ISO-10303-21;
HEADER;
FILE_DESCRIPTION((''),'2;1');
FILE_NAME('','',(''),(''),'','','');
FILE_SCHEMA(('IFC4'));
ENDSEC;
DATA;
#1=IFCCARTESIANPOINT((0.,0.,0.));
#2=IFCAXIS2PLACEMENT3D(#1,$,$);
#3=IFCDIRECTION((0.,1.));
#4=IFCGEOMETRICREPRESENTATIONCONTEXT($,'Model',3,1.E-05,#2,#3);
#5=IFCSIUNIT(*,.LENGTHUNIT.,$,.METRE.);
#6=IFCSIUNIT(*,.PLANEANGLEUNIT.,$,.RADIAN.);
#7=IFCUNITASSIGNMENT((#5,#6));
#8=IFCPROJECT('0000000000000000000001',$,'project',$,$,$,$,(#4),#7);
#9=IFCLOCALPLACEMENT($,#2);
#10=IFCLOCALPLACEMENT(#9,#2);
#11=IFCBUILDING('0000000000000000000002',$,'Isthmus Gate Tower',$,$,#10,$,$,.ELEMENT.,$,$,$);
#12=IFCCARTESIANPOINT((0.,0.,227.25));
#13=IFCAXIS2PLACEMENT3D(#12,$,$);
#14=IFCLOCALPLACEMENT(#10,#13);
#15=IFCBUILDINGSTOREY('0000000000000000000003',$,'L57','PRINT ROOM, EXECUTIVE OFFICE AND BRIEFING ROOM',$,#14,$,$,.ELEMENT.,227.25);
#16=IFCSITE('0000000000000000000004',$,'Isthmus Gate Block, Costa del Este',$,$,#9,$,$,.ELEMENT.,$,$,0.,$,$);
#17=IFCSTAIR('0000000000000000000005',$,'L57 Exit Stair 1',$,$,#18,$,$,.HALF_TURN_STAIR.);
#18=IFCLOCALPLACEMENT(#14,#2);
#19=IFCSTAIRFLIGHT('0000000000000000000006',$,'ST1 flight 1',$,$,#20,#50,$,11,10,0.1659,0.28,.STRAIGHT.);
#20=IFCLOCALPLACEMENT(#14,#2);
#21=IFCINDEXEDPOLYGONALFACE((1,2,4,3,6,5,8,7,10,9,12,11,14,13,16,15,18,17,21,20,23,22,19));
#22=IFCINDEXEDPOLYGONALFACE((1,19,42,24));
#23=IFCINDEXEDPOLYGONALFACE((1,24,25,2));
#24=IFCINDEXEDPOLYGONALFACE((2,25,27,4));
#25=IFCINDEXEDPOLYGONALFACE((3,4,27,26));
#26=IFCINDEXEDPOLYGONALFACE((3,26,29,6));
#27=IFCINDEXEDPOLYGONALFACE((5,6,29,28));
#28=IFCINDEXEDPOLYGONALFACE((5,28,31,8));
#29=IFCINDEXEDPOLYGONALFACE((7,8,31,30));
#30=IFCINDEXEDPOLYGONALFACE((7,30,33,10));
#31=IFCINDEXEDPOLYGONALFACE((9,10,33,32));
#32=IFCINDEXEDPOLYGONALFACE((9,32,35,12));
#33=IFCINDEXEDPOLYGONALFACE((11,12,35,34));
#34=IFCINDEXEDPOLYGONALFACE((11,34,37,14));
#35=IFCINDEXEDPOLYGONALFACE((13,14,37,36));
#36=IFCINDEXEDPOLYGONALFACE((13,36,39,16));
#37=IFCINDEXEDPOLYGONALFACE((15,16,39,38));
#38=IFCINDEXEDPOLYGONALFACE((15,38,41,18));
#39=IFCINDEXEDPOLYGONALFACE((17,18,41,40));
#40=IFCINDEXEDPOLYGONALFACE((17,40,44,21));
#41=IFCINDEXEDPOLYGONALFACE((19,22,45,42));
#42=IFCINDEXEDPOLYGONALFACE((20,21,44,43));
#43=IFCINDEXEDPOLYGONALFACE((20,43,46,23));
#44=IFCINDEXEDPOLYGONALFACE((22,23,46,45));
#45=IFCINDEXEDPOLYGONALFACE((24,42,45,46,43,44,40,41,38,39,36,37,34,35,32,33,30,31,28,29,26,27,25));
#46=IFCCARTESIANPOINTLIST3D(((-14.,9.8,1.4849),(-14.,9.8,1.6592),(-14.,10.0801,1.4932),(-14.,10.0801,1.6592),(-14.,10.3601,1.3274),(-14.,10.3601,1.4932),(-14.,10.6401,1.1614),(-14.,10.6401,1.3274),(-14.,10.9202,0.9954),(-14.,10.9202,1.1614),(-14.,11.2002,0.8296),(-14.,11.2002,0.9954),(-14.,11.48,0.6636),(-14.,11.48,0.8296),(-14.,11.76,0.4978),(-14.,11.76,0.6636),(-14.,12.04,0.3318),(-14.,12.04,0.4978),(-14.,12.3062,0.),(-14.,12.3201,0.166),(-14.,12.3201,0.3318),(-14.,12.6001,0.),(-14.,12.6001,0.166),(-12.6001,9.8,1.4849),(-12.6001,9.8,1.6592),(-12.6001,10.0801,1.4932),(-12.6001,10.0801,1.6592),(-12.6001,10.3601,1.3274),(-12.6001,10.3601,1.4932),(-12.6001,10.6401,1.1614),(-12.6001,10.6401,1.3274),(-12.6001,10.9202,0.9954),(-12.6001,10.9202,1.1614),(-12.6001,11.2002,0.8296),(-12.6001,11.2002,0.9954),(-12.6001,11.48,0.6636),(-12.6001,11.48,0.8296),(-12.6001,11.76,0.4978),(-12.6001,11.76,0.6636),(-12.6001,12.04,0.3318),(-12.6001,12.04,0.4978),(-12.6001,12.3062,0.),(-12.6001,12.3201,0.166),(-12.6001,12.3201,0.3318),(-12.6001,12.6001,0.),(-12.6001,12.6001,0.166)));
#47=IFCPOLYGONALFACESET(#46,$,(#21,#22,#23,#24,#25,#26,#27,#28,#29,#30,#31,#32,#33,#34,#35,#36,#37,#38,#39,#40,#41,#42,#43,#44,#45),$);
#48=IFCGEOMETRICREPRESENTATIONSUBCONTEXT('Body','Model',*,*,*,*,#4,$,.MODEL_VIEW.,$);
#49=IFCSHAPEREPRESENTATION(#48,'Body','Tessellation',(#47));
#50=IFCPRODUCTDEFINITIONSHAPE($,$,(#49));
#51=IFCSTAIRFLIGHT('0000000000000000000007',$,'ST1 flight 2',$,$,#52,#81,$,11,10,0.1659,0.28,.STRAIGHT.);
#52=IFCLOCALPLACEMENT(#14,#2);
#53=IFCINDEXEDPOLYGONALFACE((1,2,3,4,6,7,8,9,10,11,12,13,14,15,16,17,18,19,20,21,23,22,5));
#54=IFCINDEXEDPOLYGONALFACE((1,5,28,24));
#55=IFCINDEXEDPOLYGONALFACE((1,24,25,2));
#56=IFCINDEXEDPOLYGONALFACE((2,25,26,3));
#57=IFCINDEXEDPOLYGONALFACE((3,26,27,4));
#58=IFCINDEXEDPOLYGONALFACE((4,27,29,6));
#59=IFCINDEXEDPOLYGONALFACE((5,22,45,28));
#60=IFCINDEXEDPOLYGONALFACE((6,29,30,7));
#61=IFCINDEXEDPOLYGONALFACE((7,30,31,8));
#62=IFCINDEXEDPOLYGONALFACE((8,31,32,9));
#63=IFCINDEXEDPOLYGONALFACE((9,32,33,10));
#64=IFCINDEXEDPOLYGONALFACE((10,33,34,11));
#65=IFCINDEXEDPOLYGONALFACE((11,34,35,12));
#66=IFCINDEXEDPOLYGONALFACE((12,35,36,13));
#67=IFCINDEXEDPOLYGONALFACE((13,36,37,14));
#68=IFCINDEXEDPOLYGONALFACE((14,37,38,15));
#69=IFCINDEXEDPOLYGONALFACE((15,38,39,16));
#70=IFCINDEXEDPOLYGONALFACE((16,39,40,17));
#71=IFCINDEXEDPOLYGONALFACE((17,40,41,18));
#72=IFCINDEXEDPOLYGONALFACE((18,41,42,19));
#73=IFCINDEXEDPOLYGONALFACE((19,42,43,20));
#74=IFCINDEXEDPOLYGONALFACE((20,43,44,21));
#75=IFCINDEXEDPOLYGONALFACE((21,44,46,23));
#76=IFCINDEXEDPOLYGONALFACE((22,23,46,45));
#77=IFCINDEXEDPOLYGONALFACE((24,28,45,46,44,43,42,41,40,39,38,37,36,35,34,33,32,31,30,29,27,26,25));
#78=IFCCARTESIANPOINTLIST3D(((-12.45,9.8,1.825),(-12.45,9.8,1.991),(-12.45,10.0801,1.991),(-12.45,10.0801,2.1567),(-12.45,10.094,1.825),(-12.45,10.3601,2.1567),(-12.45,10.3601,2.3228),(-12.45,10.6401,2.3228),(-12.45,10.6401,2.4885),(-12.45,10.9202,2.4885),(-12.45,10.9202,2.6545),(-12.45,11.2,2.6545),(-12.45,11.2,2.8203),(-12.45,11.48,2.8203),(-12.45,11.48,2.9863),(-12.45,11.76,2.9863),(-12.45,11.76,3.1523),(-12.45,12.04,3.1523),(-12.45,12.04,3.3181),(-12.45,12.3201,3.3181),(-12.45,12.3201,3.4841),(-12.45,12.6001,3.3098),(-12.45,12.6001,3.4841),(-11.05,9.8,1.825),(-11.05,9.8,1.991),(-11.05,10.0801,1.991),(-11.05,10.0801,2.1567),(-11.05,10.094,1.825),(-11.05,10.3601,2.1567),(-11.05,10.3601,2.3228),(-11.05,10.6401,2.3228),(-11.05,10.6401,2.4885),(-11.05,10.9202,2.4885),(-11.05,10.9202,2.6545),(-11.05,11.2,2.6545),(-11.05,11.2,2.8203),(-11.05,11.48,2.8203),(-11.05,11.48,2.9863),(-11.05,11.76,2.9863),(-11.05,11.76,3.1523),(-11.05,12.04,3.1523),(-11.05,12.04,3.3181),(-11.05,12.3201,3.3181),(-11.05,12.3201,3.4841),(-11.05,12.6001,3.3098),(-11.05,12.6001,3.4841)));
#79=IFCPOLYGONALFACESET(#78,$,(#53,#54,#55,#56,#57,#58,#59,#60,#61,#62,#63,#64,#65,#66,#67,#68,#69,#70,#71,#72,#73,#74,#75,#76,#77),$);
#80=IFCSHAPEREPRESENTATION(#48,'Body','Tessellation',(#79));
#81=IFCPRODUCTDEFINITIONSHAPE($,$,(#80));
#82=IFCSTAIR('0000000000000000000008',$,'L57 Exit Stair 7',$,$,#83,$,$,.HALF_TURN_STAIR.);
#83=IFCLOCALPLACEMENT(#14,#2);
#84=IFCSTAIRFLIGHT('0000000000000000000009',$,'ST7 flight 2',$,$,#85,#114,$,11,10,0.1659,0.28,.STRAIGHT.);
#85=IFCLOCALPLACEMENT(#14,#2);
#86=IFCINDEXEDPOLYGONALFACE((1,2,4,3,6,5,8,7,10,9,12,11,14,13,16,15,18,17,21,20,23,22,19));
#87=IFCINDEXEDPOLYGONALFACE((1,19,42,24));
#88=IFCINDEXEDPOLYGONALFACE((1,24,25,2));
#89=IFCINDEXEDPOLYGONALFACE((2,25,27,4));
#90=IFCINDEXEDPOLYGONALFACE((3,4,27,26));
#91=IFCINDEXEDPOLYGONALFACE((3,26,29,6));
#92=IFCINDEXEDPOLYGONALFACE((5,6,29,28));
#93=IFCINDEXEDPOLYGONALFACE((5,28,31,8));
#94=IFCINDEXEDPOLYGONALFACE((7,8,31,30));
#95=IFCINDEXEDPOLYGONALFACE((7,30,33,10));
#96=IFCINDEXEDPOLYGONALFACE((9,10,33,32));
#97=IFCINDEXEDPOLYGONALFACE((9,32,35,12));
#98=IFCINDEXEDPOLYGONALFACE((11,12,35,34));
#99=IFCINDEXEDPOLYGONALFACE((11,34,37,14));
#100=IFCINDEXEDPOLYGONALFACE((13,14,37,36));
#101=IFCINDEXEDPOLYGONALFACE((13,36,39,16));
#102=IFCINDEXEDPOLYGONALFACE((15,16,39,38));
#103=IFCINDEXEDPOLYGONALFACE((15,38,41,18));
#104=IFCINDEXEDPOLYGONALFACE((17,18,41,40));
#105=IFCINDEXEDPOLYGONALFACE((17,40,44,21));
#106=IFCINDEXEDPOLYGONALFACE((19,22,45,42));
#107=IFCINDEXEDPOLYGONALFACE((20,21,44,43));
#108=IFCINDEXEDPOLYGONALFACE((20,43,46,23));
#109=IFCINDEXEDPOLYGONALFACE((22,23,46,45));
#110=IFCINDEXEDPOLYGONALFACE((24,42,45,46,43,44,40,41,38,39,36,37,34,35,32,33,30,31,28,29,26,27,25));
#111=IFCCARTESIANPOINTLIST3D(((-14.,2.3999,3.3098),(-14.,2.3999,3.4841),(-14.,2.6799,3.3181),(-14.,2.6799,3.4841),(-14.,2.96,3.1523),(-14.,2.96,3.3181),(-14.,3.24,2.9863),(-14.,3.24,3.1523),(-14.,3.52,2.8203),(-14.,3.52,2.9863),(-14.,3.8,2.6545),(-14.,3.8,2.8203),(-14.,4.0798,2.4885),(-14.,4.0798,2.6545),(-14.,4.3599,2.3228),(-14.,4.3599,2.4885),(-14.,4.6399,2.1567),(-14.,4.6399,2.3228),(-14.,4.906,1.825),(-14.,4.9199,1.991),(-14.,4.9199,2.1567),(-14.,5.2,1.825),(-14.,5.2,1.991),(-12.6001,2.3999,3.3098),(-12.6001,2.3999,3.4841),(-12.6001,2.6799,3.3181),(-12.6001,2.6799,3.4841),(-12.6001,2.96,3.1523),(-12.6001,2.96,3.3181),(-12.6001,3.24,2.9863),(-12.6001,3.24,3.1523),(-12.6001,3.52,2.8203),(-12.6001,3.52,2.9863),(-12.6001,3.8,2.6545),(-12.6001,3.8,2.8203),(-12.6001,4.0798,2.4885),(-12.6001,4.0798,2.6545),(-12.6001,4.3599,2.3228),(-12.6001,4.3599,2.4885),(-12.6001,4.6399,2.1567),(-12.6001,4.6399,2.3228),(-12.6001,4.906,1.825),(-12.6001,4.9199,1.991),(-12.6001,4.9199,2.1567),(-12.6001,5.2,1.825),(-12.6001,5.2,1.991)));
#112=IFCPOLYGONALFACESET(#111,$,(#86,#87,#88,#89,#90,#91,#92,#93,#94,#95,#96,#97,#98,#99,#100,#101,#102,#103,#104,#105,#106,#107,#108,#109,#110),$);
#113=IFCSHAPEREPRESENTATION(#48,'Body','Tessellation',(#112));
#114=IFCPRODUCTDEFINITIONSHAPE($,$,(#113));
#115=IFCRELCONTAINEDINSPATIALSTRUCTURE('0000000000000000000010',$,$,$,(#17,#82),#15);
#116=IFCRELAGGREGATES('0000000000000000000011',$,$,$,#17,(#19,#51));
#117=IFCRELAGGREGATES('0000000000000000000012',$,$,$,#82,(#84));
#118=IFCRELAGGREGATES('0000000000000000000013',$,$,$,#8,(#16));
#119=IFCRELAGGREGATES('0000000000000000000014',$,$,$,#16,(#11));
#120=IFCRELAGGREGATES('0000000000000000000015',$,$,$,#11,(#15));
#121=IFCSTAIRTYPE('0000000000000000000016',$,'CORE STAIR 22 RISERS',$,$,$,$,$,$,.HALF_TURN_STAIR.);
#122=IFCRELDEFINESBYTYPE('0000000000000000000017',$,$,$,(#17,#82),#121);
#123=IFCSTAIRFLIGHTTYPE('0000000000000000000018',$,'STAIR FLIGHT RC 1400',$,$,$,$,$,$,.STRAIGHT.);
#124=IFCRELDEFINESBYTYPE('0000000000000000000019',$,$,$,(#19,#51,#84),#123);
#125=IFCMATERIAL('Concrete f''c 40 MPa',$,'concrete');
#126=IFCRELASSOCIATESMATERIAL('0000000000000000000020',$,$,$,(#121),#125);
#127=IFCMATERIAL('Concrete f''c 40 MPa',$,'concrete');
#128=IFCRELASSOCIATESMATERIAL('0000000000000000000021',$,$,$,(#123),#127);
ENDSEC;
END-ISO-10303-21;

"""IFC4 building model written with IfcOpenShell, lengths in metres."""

from ifc_helpers import new_model, si_unit, direction, frame, origin, place, context, subcontext, project, spatial, polyline, outline, extrude, material, type_object, element, aggregate, save


model = new_model("IFC4")

# Units and contexts
model_context = context("Model", 3, precision=1e-05, world=origin(), true_north=direction((0.0, 1.0)))
body_context = subcontext(model_context, "Body", "Model", "MODEL_VIEW")
ifc_project = project(units=[si_unit("LENGTHUNIT", "METRE"), si_unit("PLANEANGLEUNIT", "RADIAN")], contexts=[model_context])

# Site, building, storey
site_placement = place(None, origin())
site = spatial("IfcSite", under=ifc_project, at=site_placement, Name="Isthmus Gate Block, Costa del Este", CompositionType="ELEMENT", RefElevation=0.0)
building_placement = place(site_placement, origin())
building = spatial("IfcBuilding", under=site, at=building_placement, Name="Isthmus Gate Tower", CompositionType="ELEMENT")
storey_placement = place(building_placement, frame((0.0, 0.0, 227.25)))
storey = spatial("IfcBuildingStorey", under=building, at=storey_placement, Name="L57", Description="PRINT ROOM, EXECUTIVE OFFICE AND BRIEFING ROOM", CompositionType="ELEMENT", Elevation=227.25)

# Stair, stair flights
ifc_material_1 = material(Name="Concrete f'c 40 MPa", Category="concrete")
stair_type = type_object("IfcStairType", Name="CORE STAIR 22 RISERS", PredefinedType="HALF_TURN_STAIR", material=ifc_material_1)
stair_1_placement = place(storey_placement, origin())
stair_1 = element("IfcStair", 1, at=stair_1_placement, inside=storey, type_object=stair_type, Name="L57 Exit Stair 1", PredefinedType="HALF_TURN_STAIR")
ifc_material_2 = material(Name="Concrete f'c 40 MPa", Category="concrete")
stair_flight_type = type_object("IfcStairFlightType", Name="STAIR FLIGHT RC 1400", PredefinedType="STRAIGHT", material=ifc_material_2)
stair_flight_1_placement = place(storey_placement, frame((-13.3, 12.6001, 0.0), z_axis=(0.0, 0.0, 1.0), x_axis=(0.0, -1.0, 0.0)))
stair_flight_1 = element("IfcStairFlight", 2, at=stair_flight_1_placement, type_object=stair_flight_type, Name="ST1 flight 1", NumberOfRisers=11, NumberOfTreads=10, PredefinedType="STRAIGHT", RiserHeight=0.1659, TreadLength=0.28, context=body_context, shape_type="SweptSolid", body=[
    extrude(outline(polyline([(0.0, 0.0), (0.0, 0.166), (0.28, 0.166), (0.28, 0.3318), (0.5601, 0.3318), (0.5601, 0.4978), (0.8401, 0.4978), (0.8401, 0.6636), (1.1201, 0.6636), (1.1201, 0.8296), (1.3999, 0.8296), (1.3999, 0.9954), (1.6799, 0.9954), (1.6799, 1.1614), (1.96, 1.1614), (1.96, 1.3274), (2.24, 1.3274), (2.24, 1.4932), (2.52, 1.4932), (2.52, 1.6592), (2.8, 1.6592), (2.8, 1.825), (2.8, 1.4849), (0.2939, 0.0), (0.0, 0.0)])), frame((0.0, 0.7, 0.0), z_axis=(0.0, -1.0, 0.0), x_axis=(1.0, 0.0, 0.0)), (0.0, 0.0, 1.0), 1.3999),
])
stair_flight_2_placement = place(storey_placement, frame((-11.75, 9.8, 1.825), z_axis=(0.0, 0.0, 1.0), x_axis=(0.0, 1.0, 0.0)))
stair_flight_2 = element("IfcStairFlight", 3, at=stair_flight_2_placement, type_object=stair_flight_type, Name="ST1 flight 2", NumberOfRisers=11, NumberOfTreads=10, PredefinedType="STRAIGHT", RiserHeight=0.1659, TreadLength=0.28, context=body_context, shape_type="SweptSolid", body=[
    extrude(outline(polyline([(0.0, 0.0), (0.0, 0.166), (0.28, 0.166), (0.28, 0.3318), (0.5601, 0.3318), (0.5601, 0.4978), (0.8401, 0.4978), (0.8401, 0.6636), (1.1201, 0.6636), (1.1201, 0.8296), (1.3999, 0.8296), (1.3999, 0.9954), (1.6799, 0.9954), (1.6799, 1.1614), (1.96, 1.1614), (1.96, 1.3274), (2.24, 1.3274), (2.24, 1.4932), (2.52, 1.4932), (2.52, 1.6592), (2.8, 1.6592), (2.8, 1.825), (2.8, 1.4849), (0.2939, 0.0), (0.0, 0.0)])), frame((0.0, 0.7, 0.0), z_axis=(0.0, -1.0, 0.0), x_axis=(1.0, 0.0, 0.0)), (0.0, 0.0, 1.0), 1.3999),
])
aggregate(stair_1, [stair_flight_1, stair_flight_2])

# Stair, stair flight
stair_2_placement = place(storey_placement, origin())
stair_2 = element("IfcStair", 4, at=stair_2_placement, inside=storey, type_object=stair_type, Name="L57 Exit Stair 7", PredefinedType="HALF_TURN_STAIR")
stair_flight_3_placement = place(storey_placement, frame((-13.3, 5.2, 1.825), z_axis=(0.0, 0.0, 1.0), x_axis=(0.0, -1.0, 0.0)))
stair_flight_3 = element("IfcStairFlight", 5, at=stair_flight_3_placement, type_object=stair_flight_type, Name="ST7 flight 2", NumberOfRisers=11, NumberOfTreads=10, PredefinedType="STRAIGHT", RiserHeight=0.1659, TreadLength=0.28, context=body_context, shape_type="SweptSolid", body=[
    extrude(outline(polyline([(0.0, 0.0), (0.0, 0.166), (0.28, 0.166), (0.28, 0.3318), (0.5601, 0.3318), (0.5601, 0.4978), (0.8401, 0.4978), (0.8401, 0.6636), (1.1201, 0.6636), (1.1201, 0.8296), (1.3999, 0.8296), (1.3999, 0.9954), (1.6799, 0.9954), (1.6799, 1.1614), (1.96, 1.1614), (1.96, 1.3274), (2.24, 1.3274), (2.24, 1.4932), (2.52, 1.4932), (2.52, 1.6592), (2.8, 1.6592), (2.8, 1.825), (2.8, 1.4849), (0.2939, 0.0), (0.0, 0.0)])), frame((0.0, 0.7, 0.0), z_axis=(0.0, -1.0, 0.0), x_axis=(1.0, 0.0, 0.0)), (0.0, 0.0, 1.0), 1.3999),
])
aggregate(stair_2, [stair_flight_3])

save(model, "model.ifc")
